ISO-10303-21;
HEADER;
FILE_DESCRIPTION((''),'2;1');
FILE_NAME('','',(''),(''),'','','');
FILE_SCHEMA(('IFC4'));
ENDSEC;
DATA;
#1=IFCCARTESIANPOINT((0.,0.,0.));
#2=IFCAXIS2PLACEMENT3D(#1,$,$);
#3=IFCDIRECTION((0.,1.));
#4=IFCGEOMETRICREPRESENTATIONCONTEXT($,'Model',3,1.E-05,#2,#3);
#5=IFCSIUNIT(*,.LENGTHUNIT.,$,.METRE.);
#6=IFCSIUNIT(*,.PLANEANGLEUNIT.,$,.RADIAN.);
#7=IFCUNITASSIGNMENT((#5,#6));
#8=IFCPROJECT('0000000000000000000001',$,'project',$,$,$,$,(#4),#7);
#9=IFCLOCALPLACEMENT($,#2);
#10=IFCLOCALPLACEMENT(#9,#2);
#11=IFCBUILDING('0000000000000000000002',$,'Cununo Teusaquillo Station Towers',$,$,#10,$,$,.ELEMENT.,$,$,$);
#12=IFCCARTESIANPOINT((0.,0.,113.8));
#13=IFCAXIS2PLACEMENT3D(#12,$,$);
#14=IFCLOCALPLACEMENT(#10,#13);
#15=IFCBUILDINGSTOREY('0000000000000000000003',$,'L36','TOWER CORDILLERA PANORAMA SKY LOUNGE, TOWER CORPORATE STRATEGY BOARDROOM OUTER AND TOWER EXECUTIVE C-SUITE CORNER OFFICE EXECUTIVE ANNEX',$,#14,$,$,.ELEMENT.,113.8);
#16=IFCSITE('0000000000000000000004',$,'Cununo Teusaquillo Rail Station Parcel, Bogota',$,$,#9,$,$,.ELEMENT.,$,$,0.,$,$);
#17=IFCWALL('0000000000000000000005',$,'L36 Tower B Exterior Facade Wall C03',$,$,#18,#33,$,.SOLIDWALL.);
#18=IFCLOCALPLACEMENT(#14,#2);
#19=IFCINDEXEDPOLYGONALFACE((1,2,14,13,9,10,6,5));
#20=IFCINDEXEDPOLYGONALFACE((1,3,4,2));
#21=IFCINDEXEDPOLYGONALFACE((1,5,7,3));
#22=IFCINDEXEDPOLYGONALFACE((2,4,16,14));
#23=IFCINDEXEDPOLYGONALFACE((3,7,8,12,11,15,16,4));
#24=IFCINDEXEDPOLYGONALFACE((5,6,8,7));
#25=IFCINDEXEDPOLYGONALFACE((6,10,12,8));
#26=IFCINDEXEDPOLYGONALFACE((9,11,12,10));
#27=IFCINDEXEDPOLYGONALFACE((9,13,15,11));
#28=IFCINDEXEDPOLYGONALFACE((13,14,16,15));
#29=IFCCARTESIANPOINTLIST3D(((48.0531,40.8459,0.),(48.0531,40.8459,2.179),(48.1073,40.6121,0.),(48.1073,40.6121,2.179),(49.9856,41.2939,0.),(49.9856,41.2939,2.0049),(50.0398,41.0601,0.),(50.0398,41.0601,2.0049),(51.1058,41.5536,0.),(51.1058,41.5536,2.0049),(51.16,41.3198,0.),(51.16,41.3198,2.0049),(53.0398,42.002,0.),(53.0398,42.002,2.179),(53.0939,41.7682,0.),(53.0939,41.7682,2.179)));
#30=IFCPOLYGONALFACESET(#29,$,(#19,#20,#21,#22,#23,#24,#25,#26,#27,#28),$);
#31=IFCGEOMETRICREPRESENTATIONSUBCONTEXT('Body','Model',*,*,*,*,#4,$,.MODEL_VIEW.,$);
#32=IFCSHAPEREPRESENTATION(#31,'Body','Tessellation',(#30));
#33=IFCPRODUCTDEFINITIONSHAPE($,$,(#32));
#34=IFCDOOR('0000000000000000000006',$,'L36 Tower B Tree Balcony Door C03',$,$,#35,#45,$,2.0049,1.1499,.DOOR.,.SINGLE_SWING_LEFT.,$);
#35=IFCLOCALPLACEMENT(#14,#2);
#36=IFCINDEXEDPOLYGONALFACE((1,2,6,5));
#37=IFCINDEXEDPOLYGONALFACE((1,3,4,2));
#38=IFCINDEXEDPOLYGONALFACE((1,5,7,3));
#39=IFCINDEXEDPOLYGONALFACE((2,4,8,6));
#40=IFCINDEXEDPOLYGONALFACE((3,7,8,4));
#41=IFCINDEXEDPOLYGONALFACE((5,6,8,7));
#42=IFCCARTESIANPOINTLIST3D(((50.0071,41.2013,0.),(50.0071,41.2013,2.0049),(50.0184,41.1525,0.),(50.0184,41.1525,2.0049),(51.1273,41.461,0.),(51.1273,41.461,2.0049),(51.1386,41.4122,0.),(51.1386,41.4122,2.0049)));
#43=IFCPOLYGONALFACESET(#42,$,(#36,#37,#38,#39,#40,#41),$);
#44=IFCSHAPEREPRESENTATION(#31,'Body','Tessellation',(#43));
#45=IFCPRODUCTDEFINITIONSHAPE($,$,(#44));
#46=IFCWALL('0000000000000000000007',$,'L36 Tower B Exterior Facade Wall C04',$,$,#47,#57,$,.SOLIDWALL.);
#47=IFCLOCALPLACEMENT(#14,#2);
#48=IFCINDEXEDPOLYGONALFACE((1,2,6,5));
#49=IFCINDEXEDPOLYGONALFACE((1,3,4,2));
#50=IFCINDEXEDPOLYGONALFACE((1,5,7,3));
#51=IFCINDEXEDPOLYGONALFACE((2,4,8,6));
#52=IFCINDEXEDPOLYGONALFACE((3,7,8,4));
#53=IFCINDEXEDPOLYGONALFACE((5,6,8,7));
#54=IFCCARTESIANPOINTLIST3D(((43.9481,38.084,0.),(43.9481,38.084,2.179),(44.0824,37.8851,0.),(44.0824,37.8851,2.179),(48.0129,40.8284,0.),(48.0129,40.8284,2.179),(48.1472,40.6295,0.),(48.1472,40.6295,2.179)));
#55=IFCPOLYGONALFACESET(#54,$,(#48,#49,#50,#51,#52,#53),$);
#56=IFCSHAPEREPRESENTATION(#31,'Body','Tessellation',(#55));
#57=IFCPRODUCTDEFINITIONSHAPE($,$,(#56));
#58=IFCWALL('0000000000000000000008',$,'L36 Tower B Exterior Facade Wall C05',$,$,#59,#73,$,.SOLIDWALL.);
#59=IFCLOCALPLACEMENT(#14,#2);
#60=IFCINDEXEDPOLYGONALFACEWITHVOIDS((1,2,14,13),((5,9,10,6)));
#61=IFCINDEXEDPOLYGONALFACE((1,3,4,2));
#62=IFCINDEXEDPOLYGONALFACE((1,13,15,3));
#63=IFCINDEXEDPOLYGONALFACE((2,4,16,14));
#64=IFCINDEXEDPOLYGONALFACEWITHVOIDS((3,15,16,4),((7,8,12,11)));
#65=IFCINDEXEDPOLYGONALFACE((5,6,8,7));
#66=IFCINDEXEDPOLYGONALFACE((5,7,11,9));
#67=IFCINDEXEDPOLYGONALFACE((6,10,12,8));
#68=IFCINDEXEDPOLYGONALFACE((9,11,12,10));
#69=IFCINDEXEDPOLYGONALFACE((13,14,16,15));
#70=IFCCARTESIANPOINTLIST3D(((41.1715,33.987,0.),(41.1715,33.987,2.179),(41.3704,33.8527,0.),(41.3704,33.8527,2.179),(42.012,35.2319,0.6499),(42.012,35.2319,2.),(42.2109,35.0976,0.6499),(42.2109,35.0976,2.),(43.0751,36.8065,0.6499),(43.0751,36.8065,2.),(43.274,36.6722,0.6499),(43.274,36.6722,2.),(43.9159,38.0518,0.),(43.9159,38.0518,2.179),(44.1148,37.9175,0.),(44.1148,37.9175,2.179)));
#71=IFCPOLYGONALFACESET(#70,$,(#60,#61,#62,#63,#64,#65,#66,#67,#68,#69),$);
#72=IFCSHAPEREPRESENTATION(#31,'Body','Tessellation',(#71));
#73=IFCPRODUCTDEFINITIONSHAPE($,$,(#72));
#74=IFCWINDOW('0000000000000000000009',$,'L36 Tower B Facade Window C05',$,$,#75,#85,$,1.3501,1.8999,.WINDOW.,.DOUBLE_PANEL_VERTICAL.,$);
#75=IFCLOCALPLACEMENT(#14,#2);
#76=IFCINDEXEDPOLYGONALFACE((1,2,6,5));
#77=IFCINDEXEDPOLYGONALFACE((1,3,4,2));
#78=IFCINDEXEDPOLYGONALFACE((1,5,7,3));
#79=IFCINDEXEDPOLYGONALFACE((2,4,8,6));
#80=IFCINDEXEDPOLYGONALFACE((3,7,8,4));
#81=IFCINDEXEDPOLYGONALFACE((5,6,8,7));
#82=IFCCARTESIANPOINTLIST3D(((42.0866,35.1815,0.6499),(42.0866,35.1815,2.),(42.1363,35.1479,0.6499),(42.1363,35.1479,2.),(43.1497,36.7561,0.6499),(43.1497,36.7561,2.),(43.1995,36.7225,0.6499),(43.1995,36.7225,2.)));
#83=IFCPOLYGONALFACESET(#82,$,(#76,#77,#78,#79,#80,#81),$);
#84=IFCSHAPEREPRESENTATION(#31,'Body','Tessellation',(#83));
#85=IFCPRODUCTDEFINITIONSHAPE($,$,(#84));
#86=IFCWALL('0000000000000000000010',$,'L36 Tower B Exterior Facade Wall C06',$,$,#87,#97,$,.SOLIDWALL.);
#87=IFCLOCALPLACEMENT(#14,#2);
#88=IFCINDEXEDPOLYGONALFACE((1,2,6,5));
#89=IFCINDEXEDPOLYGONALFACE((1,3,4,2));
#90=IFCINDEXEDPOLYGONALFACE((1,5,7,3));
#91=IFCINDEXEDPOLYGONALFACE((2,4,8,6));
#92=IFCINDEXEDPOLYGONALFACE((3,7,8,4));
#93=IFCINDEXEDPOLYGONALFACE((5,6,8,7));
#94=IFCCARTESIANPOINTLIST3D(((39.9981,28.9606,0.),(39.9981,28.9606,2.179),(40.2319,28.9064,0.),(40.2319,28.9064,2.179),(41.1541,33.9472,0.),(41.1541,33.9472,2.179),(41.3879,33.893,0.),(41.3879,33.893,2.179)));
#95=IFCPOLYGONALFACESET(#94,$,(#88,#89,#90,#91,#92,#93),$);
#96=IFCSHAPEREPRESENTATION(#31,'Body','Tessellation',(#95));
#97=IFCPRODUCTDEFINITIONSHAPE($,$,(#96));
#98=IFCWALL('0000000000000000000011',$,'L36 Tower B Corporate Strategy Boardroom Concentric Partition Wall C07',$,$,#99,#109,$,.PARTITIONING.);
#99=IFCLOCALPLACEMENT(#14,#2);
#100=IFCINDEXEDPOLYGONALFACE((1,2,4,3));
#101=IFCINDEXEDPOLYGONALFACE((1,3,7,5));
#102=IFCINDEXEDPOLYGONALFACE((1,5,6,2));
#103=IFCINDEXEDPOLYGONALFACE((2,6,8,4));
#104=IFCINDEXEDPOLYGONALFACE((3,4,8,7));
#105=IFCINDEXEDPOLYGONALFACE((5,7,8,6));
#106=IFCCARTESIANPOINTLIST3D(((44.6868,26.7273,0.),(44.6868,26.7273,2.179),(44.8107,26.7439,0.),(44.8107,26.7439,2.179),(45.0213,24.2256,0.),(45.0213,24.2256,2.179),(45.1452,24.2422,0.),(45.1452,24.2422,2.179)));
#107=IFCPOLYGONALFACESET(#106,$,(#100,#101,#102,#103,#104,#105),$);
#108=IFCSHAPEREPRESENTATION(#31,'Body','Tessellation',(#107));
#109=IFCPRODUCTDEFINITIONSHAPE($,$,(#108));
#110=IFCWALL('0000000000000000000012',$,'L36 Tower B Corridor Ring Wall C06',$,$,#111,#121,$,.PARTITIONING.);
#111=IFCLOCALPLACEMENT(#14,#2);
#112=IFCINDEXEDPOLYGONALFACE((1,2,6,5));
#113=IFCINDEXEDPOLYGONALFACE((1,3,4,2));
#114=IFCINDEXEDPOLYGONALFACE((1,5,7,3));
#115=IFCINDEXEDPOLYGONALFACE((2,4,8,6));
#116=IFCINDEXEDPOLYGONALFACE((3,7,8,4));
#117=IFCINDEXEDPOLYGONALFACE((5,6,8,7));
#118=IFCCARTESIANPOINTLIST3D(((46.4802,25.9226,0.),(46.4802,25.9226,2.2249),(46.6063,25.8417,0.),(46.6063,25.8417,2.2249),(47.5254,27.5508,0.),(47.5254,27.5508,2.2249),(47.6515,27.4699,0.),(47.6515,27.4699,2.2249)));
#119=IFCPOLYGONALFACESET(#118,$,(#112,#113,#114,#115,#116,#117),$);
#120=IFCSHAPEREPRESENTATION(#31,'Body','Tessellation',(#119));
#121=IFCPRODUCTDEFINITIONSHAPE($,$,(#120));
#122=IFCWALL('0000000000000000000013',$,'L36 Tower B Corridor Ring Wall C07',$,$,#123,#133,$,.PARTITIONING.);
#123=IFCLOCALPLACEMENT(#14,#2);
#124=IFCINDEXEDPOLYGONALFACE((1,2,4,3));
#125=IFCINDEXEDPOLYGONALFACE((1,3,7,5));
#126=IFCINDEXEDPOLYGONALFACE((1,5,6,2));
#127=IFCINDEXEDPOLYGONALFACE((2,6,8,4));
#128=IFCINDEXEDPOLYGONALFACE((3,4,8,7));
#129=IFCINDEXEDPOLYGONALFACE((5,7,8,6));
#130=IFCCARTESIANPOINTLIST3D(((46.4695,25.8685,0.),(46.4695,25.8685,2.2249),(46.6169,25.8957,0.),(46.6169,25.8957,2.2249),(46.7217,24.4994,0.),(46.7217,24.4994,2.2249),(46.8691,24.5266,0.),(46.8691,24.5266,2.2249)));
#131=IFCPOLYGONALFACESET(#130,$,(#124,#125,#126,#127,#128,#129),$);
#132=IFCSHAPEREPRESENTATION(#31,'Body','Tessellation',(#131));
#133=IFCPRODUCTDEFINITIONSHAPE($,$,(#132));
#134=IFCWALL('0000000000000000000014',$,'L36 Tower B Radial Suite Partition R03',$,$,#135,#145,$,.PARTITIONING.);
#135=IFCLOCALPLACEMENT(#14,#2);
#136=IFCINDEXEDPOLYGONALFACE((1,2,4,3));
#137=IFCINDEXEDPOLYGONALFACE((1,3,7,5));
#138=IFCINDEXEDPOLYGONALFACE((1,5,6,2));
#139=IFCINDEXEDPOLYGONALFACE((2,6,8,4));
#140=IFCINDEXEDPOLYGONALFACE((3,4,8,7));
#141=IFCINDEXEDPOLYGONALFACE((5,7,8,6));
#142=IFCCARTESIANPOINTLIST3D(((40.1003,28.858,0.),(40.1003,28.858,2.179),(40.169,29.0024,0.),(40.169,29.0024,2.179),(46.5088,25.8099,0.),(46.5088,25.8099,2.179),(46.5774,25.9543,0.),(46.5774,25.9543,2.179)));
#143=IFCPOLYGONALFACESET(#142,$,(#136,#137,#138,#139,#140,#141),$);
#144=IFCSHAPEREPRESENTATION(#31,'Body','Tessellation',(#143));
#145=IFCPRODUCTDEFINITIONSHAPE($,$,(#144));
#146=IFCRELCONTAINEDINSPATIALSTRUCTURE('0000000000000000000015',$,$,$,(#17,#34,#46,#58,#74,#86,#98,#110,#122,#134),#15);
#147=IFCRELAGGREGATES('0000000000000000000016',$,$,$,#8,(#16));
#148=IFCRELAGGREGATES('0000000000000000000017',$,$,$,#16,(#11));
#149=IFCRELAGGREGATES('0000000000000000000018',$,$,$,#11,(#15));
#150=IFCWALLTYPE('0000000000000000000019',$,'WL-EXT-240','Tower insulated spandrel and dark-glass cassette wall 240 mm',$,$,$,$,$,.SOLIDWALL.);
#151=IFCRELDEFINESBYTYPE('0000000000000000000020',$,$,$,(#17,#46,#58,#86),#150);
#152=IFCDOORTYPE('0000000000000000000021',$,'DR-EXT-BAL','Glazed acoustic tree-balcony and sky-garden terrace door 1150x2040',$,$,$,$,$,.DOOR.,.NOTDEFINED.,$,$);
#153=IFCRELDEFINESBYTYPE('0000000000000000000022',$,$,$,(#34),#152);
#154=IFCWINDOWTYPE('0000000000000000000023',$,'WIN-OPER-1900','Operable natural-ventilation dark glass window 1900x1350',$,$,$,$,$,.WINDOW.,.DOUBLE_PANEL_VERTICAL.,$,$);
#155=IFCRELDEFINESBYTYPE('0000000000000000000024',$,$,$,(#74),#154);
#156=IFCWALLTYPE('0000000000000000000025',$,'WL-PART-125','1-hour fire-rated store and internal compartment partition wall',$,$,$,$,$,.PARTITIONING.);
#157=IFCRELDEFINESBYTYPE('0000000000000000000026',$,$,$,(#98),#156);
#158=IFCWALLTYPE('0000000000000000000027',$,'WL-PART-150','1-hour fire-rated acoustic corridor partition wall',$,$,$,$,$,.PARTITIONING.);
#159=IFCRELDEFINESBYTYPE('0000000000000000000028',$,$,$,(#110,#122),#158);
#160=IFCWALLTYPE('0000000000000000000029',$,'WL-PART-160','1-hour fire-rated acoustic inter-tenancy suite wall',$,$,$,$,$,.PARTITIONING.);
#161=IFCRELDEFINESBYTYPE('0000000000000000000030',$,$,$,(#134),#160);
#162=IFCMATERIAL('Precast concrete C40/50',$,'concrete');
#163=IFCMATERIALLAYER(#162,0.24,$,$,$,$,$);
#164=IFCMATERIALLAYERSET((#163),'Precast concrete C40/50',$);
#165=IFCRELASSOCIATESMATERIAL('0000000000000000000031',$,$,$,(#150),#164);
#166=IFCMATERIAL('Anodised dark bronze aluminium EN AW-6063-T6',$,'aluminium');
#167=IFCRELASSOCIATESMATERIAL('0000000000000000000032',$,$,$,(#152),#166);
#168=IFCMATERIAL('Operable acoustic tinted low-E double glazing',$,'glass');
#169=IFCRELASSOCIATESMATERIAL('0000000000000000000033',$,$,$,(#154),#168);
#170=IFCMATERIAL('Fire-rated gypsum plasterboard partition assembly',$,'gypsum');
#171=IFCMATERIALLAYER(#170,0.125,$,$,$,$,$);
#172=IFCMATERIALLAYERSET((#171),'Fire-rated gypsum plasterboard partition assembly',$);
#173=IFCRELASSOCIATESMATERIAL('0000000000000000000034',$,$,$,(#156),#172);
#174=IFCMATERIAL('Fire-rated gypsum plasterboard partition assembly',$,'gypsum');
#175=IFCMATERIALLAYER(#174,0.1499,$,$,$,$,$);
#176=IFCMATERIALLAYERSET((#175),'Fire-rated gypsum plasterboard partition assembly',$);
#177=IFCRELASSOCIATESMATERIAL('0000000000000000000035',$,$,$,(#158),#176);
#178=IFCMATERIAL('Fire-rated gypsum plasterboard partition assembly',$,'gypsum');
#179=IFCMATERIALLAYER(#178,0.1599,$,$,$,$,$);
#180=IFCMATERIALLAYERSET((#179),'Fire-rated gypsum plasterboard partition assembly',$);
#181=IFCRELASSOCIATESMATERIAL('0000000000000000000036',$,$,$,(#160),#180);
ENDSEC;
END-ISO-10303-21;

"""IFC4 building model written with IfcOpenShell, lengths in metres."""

from ifc_helpers import new_model, si_unit, direction, frame, frame_2d, origin, place, context, subcontext, project, spatial, rectangle, extrude, source, transform, mapped, material, layer, layer_set, type_object, element, fill, save


model = new_model("IFC4")

# Units and contexts
model_context = context("Model", 3, precision=1e-05, world=origin(), true_north=direction((0.0, 1.0)))
body_context = subcontext(model_context, "Body", "Model", "MODEL_VIEW")
ifc_project = project(units=[si_unit("LENGTHUNIT", "METRE"), si_unit("PLANEANGLEUNIT", "RADIAN")], contexts=[model_context])

# Site, building, storey
site_placement = place(None, origin())
site = spatial("IfcSite", under=ifc_project, at=site_placement, Name="Cununo Teusaquillo Rail Station Parcel, Bogota", CompositionType="ELEMENT", RefElevation=0.0)
building_placement = place(site_placement, origin())
building = spatial("IfcBuilding", under=site, at=building_placement, Name="Cununo Teusaquillo Station Towers", CompositionType="ELEMENT")
storey_placement = place(building_placement, frame((0.0, 0.0, 113.8)))
storey = spatial("IfcBuildingStorey", under=building, at=storey_placement, Name="L36", Description="TOWER CORDILLERA PANORAMA SKY LOUNGE, TOWER CORPORATE STRATEGY BOARDROOM OUTER AND TOWER EXECUTIVE C-SUITE CORNER OFFICE EXECUTIVE ANNEX", CompositionType="ELEMENT", Elevation=113.8)

# Wall, opening, door
ifc_material_1 = material(Name="Precast concrete C40/50", Category="concrete")
ifc_layer_1 = layer(ifc_material_1, 0.24)
ifc_layer_set_1 = layer_set([ifc_layer_1], Name="Precast concrete C40/50")
wall_type_1 = type_object("IfcWallType", Name="WL-EXT-240", Description="Tower insulated spandrel and dark-glass cassette wall 240 mm", PredefinedType="SOLIDWALL", material=ifc_layer_set_1)
wall_1_placement = place(storey_placement, frame((48.0801, 40.729, 0.0), z_axis=(0.0, 0.0, 1.0), x_axis=(0.974166, 0.225835, 0.0)))
wall_1 = element("IfcWall", 1, at=wall_1_placement, inside=storey, type_object=wall_type_1, Name="L36 Tower B Exterior Facade Wall C03", PredefinedType="SOLIDWALL", context=body_context, shape_type="SweptSolid", body=[
    extrude(rectangle(XDim=5.1189, YDim=0.24, at=frame_2d((2.5596, 0.0))), origin(), (0.0, 0.0, 1.0), 2.179),
])
shared_shape_1 = source(origin(), body_context, "Body", "SweptSolid", [
    extrude(rectangle(XDim=1.1499, YDim=2.0049, at=frame_2d((0.575, 1.0024))), frame((0.0, 0.1299, 0.0), z_axis=(0.0, -1.0, 0.0), x_axis=(1.0, 0.0, 0.0)), (0.0, 0.0, 1.0), 0.26),
])
opening_1_placement = place(wall_1_placement, frame((1.9839, 0.0, 0.0)))
opening_1 = element("IfcOpeningElement", 2, at=opening_1_placement, cuts=wall_1, PredefinedType="OPENING", context=body_context, shape_type="MappedRepresentation", body=[
    mapped(shared_shape_1, transform((0.0, 0.0, 0.0), x_axis=(1.0, 0.0, 0.0), y_axis=(0.0, 1.0, 0.0), z_axis=(0.0, 0.0, 1.0), scale=1.0)),
])
ifc_material_2 = material(Name="Anodised dark bronze aluminium EN AW-6063-T6", Category="aluminium")
door_type = type_object("IfcDoorType", Name="DR-EXT-BAL", Description="Glazed acoustic tree-balcony and sky-garden terrace door 1150x2040", OperationType="NOTDEFINED", PredefinedType="DOOR", material=ifc_material_2)
shared_shape_2 = source(origin(), body_context, "Body", "SweptSolid", [
    extrude(rectangle(XDim=1.1499, YDim=2.0049, at=frame_2d((0.575, 1.0024))), frame((0.0, 0.0249, 0.0), z_axis=(0.0, -1.0, 0.0), x_axis=(1.0, 0.0, 0.0)), (0.0, 0.0, 1.0), 0.05),
])
door_placement = place(opening_1_placement, origin())
door = element("IfcDoor", 3, at=door_placement, inside=storey, type_object=door_type, Name="L36 Tower B Tree Balcony Door C03", OperationType="SINGLE_SWING_LEFT", OverallHeight=2.0049, OverallWidth=1.1499, PredefinedType="DOOR", context=body_context, shape_type="MappedRepresentation", body=[
    mapped(shared_shape_2, transform((0.0, 0.0, 0.0), x_axis=(1.0, 0.0, 0.0), y_axis=(0.0, 1.0, 0.0), z_axis=(0.0, 0.0, 1.0), scale=1.0)),
])
fill(opening_1, door)

# Wall
wall_2_placement = place(storey_placement, frame((44.0154, 37.9846, 0.0), z_axis=(0.0, 0.0, 1.0), x_axis=(0.828781, 0.559573, 0.0)))
element("IfcWall", 4, at=wall_2_placement, inside=storey, type_object=wall_type_1, Name="L36 Tower B Exterior Facade Wall C04", PredefinedType="SOLIDWALL", context=body_context, shape_type="SweptSolid", body=[
    extrude(rectangle(XDim=4.9045, YDim=0.24, at=frame_2d((2.4521, 0.0))), origin(), (0.0, 0.0, 1.0), 2.179),
])

# Wall, opening, window
wall_3_placement = place(storey_placement, frame((41.271, 33.9199, 0.0), z_axis=(0.0, 0.0, 1.0), x_axis=(0.559573, 0.828781, 0.0)))
wall_3 = element("IfcWall", 5, at=wall_3_placement, inside=storey, type_object=wall_type_1, Name="L36 Tower B Exterior Facade Wall C05", PredefinedType="SOLIDWALL", context=body_context, shape_type="SweptSolid", body=[
    extrude(rectangle(XDim=4.9045, YDim=0.24, at=frame_2d((2.4521, 0.0))), origin(), (0.0, 0.0, 1.0), 2.179),
])
shared_shape_3 = source(origin(), body_context, "Body", "SweptSolid", [
    extrude(rectangle(XDim=1.8999, YDim=1.3501, at=frame_2d((0.95, 0.675))), frame((0.0, 0.1299, 0.0), z_axis=(0.0, -1.0, 0.0), x_axis=(1.0, 0.0, 0.0)), (0.0, 0.0, 1.0), 0.26),
])
opening_2_placement = place(wall_3_placement, frame((1.502, 0.0, 0.6499)))
opening_2 = element("IfcOpeningElement", 6, at=opening_2_placement, cuts=wall_3, PredefinedType="OPENING", context=body_context, shape_type="MappedRepresentation", body=[
    mapped(shared_shape_3, transform((0.0, 0.0, 0.0), x_axis=(1.0, 0.0, 0.0), y_axis=(0.0, 1.0, 0.0), z_axis=(0.0, 0.0, 1.0), scale=1.0)),
])
ifc_material_3 = material(Name="Operable acoustic tinted low-E double glazing", Category="glass")
window_type = type_object("IfcWindowType", Name="WIN-OPER-1900", Description="Operable natural-ventilation dark glass window 1900x1350", PartitioningType="DOUBLE_PANEL_VERTICAL", PredefinedType="WINDOW", material=ifc_material_3)
shared_shape_4 = source(origin(), body_context, "Body", "SweptSolid", [
    extrude(rectangle(XDim=1.8999, YDim=1.3501, at=frame_2d((0.95, 0.675))), frame((0.0, 0.03, 0.0), z_axis=(0.0, -1.0, 0.0), x_axis=(1.0, 0.0, 0.0)), (0.0, 0.0, 1.0), 0.0601),
])
window_placement = place(opening_2_placement, origin())
window = element("IfcWindow", 7, at=window_placement, inside=storey, type_object=window_type, Name="L36 Tower B Facade Window C05", OverallHeight=1.3501, OverallWidth=1.8999, PartitioningType="DOUBLE_PANEL_VERTICAL", PredefinedType="WINDOW", context=body_context, shape_type="MappedRepresentation", body=[
    mapped(shared_shape_4, transform((0.0, 0.0, 0.0), x_axis=(1.0, 0.0, 0.0), y_axis=(0.0, 1.0, 0.0), z_axis=(0.0, 0.0, 1.0), scale=1.0)),
])
fill(opening_2, window)

# Walls
wall_4_placement = place(storey_placement, frame((40.115, 28.9333, 0.0), z_axis=(0.0, 0.0, 1.0), x_axis=(0.225835, 0.974166, 0.0)))
element("IfcWall", 8, at=wall_4_placement, inside=storey, type_object=wall_type_1, Name="L36 Tower B Exterior Facade Wall C06", PredefinedType="SOLIDWALL", context=body_context, shape_type="SweptSolid", body=[
    extrude(rectangle(XDim=5.1189, YDim=0.24, at=frame_2d((2.5596, 0.0))), origin(), (0.0, 0.0, 1.0), 2.179),
])
ifc_material_4 = material(Name="Fire-rated gypsum plasterboard partition assembly", Category="gypsum")
ifc_layer_2 = layer(ifc_material_4, 0.125)
ifc_layer_set_2 = layer_set([ifc_layer_2], Name="Fire-rated gypsum plasterboard partition assembly")
wall_type_2 = type_object("IfcWallType", Name="WL-PART-125", Description="1-hour fire-rated store and internal compartment partition wall", PredefinedType="PARTITIONING", material=ifc_layer_set_2)
wall_5_placement = place(storey_placement, frame((44.7488, 26.7356, 0.0), z_axis=(0.0, 0.0, 1.0), x_axis=(0.132519, -0.991181, 0.0)))
element("IfcWall", 9, at=wall_5_placement, inside=storey, type_object=wall_type_2, Name="L36 Tower B Corporate Strategy Boardroom Concentric Partition Wall C07", PredefinedType="PARTITIONING", context=body_context, shape_type="SweptSolid", body=[
    extrude(rectangle(XDim=2.5239, YDim=0.125, at=frame_2d((1.262, 0.0))), origin(), (0.0, 0.0, 1.0), 2.179),
])
ifc_material_5 = material(Name="Fire-rated gypsum plasterboard partition assembly", Category="gypsum")
ifc_layer_3 = layer(ifc_material_5, 0.1499)
ifc_layer_set_3 = layer_set([ifc_layer_3], Name="Fire-rated gypsum plasterboard partition assembly")
wall_type_3 = type_object("IfcWallType", Name="WL-PART-150", Description="1-hour fire-rated acoustic corridor partition wall", PredefinedType="PARTITIONING", material=ifc_layer_set_3)
wall_6_placement = place(storey_placement, frame((47.5884, 27.5103, 0.0), z_axis=(0.0, 0.0, 1.0), x_axis=(-0.540203, -0.841535, 0.0)))
element("IfcWall", 10, at=wall_6_placement, inside=storey, type_object=wall_type_3, Name="L36 Tower B Corridor Ring Wall C06", PredefinedType="PARTITIONING", context=body_context, shape_type="SweptSolid", body=[
    extrude(rectangle(XDim=1.9348, YDim=0.1499, at=frame_2d((0.9673, 0.0))), origin(), (0.0, 0.0, 1.0), 2.2249),
])
wall_7_placement = place(storey_placement, frame((46.5432, 25.8821, 0.0), z_axis=(0.0, 0.0, 1.0), x_axis=(0.181154, -0.983455, 0.0)))
element("IfcWall", 11, at=wall_7_placement, inside=storey, type_object=wall_type_3, Name="L36 Tower B Corridor Ring Wall C07", PredefinedType="PARTITIONING", context=body_context, shape_type="SweptSolid", body=[
    extrude(rectangle(XDim=1.3921, YDim=0.1499, at=frame_2d((0.696, 0.0))), origin(), (0.0, 0.0, 1.0), 2.2249),
])
ifc_material_6 = material(Name="Fire-rated gypsum plasterboard partition assembly", Category="gypsum")
ifc_layer_4 = layer(ifc_material_6, 0.1599)
ifc_layer_set_4 = layer_set([ifc_layer_4], Name="Fire-rated gypsum plasterboard partition assembly")
wall_type_4 = type_object("IfcWallType", Name="WL-PART-160", Description="1-hour fire-rated acoustic inter-tenancy suite wall", PredefinedType="PARTITIONING", material=ifc_layer_set_4)
wall_8_placement = place(storey_placement, frame((46.5432, 25.8821, 0.0), z_axis=(0.0, 0.0, 1.0), x_axis=(-0.903054, 0.429526, 0.0)))
element("IfcWall", 12, at=wall_8_placement, inside=storey, type_object=wall_type_4, Name="L36 Tower B Radial Suite Partition R03", PredefinedType="PARTITIONING", context=body_context, shape_type="SweptSolid", body=[
    extrude(rectangle(XDim=7.0964, YDim=0.1599, at=frame_2d((3.5483, 0.0))), origin(), (0.0, 0.0, 1.0), 2.179),
])

save(model, "model.ifc")
